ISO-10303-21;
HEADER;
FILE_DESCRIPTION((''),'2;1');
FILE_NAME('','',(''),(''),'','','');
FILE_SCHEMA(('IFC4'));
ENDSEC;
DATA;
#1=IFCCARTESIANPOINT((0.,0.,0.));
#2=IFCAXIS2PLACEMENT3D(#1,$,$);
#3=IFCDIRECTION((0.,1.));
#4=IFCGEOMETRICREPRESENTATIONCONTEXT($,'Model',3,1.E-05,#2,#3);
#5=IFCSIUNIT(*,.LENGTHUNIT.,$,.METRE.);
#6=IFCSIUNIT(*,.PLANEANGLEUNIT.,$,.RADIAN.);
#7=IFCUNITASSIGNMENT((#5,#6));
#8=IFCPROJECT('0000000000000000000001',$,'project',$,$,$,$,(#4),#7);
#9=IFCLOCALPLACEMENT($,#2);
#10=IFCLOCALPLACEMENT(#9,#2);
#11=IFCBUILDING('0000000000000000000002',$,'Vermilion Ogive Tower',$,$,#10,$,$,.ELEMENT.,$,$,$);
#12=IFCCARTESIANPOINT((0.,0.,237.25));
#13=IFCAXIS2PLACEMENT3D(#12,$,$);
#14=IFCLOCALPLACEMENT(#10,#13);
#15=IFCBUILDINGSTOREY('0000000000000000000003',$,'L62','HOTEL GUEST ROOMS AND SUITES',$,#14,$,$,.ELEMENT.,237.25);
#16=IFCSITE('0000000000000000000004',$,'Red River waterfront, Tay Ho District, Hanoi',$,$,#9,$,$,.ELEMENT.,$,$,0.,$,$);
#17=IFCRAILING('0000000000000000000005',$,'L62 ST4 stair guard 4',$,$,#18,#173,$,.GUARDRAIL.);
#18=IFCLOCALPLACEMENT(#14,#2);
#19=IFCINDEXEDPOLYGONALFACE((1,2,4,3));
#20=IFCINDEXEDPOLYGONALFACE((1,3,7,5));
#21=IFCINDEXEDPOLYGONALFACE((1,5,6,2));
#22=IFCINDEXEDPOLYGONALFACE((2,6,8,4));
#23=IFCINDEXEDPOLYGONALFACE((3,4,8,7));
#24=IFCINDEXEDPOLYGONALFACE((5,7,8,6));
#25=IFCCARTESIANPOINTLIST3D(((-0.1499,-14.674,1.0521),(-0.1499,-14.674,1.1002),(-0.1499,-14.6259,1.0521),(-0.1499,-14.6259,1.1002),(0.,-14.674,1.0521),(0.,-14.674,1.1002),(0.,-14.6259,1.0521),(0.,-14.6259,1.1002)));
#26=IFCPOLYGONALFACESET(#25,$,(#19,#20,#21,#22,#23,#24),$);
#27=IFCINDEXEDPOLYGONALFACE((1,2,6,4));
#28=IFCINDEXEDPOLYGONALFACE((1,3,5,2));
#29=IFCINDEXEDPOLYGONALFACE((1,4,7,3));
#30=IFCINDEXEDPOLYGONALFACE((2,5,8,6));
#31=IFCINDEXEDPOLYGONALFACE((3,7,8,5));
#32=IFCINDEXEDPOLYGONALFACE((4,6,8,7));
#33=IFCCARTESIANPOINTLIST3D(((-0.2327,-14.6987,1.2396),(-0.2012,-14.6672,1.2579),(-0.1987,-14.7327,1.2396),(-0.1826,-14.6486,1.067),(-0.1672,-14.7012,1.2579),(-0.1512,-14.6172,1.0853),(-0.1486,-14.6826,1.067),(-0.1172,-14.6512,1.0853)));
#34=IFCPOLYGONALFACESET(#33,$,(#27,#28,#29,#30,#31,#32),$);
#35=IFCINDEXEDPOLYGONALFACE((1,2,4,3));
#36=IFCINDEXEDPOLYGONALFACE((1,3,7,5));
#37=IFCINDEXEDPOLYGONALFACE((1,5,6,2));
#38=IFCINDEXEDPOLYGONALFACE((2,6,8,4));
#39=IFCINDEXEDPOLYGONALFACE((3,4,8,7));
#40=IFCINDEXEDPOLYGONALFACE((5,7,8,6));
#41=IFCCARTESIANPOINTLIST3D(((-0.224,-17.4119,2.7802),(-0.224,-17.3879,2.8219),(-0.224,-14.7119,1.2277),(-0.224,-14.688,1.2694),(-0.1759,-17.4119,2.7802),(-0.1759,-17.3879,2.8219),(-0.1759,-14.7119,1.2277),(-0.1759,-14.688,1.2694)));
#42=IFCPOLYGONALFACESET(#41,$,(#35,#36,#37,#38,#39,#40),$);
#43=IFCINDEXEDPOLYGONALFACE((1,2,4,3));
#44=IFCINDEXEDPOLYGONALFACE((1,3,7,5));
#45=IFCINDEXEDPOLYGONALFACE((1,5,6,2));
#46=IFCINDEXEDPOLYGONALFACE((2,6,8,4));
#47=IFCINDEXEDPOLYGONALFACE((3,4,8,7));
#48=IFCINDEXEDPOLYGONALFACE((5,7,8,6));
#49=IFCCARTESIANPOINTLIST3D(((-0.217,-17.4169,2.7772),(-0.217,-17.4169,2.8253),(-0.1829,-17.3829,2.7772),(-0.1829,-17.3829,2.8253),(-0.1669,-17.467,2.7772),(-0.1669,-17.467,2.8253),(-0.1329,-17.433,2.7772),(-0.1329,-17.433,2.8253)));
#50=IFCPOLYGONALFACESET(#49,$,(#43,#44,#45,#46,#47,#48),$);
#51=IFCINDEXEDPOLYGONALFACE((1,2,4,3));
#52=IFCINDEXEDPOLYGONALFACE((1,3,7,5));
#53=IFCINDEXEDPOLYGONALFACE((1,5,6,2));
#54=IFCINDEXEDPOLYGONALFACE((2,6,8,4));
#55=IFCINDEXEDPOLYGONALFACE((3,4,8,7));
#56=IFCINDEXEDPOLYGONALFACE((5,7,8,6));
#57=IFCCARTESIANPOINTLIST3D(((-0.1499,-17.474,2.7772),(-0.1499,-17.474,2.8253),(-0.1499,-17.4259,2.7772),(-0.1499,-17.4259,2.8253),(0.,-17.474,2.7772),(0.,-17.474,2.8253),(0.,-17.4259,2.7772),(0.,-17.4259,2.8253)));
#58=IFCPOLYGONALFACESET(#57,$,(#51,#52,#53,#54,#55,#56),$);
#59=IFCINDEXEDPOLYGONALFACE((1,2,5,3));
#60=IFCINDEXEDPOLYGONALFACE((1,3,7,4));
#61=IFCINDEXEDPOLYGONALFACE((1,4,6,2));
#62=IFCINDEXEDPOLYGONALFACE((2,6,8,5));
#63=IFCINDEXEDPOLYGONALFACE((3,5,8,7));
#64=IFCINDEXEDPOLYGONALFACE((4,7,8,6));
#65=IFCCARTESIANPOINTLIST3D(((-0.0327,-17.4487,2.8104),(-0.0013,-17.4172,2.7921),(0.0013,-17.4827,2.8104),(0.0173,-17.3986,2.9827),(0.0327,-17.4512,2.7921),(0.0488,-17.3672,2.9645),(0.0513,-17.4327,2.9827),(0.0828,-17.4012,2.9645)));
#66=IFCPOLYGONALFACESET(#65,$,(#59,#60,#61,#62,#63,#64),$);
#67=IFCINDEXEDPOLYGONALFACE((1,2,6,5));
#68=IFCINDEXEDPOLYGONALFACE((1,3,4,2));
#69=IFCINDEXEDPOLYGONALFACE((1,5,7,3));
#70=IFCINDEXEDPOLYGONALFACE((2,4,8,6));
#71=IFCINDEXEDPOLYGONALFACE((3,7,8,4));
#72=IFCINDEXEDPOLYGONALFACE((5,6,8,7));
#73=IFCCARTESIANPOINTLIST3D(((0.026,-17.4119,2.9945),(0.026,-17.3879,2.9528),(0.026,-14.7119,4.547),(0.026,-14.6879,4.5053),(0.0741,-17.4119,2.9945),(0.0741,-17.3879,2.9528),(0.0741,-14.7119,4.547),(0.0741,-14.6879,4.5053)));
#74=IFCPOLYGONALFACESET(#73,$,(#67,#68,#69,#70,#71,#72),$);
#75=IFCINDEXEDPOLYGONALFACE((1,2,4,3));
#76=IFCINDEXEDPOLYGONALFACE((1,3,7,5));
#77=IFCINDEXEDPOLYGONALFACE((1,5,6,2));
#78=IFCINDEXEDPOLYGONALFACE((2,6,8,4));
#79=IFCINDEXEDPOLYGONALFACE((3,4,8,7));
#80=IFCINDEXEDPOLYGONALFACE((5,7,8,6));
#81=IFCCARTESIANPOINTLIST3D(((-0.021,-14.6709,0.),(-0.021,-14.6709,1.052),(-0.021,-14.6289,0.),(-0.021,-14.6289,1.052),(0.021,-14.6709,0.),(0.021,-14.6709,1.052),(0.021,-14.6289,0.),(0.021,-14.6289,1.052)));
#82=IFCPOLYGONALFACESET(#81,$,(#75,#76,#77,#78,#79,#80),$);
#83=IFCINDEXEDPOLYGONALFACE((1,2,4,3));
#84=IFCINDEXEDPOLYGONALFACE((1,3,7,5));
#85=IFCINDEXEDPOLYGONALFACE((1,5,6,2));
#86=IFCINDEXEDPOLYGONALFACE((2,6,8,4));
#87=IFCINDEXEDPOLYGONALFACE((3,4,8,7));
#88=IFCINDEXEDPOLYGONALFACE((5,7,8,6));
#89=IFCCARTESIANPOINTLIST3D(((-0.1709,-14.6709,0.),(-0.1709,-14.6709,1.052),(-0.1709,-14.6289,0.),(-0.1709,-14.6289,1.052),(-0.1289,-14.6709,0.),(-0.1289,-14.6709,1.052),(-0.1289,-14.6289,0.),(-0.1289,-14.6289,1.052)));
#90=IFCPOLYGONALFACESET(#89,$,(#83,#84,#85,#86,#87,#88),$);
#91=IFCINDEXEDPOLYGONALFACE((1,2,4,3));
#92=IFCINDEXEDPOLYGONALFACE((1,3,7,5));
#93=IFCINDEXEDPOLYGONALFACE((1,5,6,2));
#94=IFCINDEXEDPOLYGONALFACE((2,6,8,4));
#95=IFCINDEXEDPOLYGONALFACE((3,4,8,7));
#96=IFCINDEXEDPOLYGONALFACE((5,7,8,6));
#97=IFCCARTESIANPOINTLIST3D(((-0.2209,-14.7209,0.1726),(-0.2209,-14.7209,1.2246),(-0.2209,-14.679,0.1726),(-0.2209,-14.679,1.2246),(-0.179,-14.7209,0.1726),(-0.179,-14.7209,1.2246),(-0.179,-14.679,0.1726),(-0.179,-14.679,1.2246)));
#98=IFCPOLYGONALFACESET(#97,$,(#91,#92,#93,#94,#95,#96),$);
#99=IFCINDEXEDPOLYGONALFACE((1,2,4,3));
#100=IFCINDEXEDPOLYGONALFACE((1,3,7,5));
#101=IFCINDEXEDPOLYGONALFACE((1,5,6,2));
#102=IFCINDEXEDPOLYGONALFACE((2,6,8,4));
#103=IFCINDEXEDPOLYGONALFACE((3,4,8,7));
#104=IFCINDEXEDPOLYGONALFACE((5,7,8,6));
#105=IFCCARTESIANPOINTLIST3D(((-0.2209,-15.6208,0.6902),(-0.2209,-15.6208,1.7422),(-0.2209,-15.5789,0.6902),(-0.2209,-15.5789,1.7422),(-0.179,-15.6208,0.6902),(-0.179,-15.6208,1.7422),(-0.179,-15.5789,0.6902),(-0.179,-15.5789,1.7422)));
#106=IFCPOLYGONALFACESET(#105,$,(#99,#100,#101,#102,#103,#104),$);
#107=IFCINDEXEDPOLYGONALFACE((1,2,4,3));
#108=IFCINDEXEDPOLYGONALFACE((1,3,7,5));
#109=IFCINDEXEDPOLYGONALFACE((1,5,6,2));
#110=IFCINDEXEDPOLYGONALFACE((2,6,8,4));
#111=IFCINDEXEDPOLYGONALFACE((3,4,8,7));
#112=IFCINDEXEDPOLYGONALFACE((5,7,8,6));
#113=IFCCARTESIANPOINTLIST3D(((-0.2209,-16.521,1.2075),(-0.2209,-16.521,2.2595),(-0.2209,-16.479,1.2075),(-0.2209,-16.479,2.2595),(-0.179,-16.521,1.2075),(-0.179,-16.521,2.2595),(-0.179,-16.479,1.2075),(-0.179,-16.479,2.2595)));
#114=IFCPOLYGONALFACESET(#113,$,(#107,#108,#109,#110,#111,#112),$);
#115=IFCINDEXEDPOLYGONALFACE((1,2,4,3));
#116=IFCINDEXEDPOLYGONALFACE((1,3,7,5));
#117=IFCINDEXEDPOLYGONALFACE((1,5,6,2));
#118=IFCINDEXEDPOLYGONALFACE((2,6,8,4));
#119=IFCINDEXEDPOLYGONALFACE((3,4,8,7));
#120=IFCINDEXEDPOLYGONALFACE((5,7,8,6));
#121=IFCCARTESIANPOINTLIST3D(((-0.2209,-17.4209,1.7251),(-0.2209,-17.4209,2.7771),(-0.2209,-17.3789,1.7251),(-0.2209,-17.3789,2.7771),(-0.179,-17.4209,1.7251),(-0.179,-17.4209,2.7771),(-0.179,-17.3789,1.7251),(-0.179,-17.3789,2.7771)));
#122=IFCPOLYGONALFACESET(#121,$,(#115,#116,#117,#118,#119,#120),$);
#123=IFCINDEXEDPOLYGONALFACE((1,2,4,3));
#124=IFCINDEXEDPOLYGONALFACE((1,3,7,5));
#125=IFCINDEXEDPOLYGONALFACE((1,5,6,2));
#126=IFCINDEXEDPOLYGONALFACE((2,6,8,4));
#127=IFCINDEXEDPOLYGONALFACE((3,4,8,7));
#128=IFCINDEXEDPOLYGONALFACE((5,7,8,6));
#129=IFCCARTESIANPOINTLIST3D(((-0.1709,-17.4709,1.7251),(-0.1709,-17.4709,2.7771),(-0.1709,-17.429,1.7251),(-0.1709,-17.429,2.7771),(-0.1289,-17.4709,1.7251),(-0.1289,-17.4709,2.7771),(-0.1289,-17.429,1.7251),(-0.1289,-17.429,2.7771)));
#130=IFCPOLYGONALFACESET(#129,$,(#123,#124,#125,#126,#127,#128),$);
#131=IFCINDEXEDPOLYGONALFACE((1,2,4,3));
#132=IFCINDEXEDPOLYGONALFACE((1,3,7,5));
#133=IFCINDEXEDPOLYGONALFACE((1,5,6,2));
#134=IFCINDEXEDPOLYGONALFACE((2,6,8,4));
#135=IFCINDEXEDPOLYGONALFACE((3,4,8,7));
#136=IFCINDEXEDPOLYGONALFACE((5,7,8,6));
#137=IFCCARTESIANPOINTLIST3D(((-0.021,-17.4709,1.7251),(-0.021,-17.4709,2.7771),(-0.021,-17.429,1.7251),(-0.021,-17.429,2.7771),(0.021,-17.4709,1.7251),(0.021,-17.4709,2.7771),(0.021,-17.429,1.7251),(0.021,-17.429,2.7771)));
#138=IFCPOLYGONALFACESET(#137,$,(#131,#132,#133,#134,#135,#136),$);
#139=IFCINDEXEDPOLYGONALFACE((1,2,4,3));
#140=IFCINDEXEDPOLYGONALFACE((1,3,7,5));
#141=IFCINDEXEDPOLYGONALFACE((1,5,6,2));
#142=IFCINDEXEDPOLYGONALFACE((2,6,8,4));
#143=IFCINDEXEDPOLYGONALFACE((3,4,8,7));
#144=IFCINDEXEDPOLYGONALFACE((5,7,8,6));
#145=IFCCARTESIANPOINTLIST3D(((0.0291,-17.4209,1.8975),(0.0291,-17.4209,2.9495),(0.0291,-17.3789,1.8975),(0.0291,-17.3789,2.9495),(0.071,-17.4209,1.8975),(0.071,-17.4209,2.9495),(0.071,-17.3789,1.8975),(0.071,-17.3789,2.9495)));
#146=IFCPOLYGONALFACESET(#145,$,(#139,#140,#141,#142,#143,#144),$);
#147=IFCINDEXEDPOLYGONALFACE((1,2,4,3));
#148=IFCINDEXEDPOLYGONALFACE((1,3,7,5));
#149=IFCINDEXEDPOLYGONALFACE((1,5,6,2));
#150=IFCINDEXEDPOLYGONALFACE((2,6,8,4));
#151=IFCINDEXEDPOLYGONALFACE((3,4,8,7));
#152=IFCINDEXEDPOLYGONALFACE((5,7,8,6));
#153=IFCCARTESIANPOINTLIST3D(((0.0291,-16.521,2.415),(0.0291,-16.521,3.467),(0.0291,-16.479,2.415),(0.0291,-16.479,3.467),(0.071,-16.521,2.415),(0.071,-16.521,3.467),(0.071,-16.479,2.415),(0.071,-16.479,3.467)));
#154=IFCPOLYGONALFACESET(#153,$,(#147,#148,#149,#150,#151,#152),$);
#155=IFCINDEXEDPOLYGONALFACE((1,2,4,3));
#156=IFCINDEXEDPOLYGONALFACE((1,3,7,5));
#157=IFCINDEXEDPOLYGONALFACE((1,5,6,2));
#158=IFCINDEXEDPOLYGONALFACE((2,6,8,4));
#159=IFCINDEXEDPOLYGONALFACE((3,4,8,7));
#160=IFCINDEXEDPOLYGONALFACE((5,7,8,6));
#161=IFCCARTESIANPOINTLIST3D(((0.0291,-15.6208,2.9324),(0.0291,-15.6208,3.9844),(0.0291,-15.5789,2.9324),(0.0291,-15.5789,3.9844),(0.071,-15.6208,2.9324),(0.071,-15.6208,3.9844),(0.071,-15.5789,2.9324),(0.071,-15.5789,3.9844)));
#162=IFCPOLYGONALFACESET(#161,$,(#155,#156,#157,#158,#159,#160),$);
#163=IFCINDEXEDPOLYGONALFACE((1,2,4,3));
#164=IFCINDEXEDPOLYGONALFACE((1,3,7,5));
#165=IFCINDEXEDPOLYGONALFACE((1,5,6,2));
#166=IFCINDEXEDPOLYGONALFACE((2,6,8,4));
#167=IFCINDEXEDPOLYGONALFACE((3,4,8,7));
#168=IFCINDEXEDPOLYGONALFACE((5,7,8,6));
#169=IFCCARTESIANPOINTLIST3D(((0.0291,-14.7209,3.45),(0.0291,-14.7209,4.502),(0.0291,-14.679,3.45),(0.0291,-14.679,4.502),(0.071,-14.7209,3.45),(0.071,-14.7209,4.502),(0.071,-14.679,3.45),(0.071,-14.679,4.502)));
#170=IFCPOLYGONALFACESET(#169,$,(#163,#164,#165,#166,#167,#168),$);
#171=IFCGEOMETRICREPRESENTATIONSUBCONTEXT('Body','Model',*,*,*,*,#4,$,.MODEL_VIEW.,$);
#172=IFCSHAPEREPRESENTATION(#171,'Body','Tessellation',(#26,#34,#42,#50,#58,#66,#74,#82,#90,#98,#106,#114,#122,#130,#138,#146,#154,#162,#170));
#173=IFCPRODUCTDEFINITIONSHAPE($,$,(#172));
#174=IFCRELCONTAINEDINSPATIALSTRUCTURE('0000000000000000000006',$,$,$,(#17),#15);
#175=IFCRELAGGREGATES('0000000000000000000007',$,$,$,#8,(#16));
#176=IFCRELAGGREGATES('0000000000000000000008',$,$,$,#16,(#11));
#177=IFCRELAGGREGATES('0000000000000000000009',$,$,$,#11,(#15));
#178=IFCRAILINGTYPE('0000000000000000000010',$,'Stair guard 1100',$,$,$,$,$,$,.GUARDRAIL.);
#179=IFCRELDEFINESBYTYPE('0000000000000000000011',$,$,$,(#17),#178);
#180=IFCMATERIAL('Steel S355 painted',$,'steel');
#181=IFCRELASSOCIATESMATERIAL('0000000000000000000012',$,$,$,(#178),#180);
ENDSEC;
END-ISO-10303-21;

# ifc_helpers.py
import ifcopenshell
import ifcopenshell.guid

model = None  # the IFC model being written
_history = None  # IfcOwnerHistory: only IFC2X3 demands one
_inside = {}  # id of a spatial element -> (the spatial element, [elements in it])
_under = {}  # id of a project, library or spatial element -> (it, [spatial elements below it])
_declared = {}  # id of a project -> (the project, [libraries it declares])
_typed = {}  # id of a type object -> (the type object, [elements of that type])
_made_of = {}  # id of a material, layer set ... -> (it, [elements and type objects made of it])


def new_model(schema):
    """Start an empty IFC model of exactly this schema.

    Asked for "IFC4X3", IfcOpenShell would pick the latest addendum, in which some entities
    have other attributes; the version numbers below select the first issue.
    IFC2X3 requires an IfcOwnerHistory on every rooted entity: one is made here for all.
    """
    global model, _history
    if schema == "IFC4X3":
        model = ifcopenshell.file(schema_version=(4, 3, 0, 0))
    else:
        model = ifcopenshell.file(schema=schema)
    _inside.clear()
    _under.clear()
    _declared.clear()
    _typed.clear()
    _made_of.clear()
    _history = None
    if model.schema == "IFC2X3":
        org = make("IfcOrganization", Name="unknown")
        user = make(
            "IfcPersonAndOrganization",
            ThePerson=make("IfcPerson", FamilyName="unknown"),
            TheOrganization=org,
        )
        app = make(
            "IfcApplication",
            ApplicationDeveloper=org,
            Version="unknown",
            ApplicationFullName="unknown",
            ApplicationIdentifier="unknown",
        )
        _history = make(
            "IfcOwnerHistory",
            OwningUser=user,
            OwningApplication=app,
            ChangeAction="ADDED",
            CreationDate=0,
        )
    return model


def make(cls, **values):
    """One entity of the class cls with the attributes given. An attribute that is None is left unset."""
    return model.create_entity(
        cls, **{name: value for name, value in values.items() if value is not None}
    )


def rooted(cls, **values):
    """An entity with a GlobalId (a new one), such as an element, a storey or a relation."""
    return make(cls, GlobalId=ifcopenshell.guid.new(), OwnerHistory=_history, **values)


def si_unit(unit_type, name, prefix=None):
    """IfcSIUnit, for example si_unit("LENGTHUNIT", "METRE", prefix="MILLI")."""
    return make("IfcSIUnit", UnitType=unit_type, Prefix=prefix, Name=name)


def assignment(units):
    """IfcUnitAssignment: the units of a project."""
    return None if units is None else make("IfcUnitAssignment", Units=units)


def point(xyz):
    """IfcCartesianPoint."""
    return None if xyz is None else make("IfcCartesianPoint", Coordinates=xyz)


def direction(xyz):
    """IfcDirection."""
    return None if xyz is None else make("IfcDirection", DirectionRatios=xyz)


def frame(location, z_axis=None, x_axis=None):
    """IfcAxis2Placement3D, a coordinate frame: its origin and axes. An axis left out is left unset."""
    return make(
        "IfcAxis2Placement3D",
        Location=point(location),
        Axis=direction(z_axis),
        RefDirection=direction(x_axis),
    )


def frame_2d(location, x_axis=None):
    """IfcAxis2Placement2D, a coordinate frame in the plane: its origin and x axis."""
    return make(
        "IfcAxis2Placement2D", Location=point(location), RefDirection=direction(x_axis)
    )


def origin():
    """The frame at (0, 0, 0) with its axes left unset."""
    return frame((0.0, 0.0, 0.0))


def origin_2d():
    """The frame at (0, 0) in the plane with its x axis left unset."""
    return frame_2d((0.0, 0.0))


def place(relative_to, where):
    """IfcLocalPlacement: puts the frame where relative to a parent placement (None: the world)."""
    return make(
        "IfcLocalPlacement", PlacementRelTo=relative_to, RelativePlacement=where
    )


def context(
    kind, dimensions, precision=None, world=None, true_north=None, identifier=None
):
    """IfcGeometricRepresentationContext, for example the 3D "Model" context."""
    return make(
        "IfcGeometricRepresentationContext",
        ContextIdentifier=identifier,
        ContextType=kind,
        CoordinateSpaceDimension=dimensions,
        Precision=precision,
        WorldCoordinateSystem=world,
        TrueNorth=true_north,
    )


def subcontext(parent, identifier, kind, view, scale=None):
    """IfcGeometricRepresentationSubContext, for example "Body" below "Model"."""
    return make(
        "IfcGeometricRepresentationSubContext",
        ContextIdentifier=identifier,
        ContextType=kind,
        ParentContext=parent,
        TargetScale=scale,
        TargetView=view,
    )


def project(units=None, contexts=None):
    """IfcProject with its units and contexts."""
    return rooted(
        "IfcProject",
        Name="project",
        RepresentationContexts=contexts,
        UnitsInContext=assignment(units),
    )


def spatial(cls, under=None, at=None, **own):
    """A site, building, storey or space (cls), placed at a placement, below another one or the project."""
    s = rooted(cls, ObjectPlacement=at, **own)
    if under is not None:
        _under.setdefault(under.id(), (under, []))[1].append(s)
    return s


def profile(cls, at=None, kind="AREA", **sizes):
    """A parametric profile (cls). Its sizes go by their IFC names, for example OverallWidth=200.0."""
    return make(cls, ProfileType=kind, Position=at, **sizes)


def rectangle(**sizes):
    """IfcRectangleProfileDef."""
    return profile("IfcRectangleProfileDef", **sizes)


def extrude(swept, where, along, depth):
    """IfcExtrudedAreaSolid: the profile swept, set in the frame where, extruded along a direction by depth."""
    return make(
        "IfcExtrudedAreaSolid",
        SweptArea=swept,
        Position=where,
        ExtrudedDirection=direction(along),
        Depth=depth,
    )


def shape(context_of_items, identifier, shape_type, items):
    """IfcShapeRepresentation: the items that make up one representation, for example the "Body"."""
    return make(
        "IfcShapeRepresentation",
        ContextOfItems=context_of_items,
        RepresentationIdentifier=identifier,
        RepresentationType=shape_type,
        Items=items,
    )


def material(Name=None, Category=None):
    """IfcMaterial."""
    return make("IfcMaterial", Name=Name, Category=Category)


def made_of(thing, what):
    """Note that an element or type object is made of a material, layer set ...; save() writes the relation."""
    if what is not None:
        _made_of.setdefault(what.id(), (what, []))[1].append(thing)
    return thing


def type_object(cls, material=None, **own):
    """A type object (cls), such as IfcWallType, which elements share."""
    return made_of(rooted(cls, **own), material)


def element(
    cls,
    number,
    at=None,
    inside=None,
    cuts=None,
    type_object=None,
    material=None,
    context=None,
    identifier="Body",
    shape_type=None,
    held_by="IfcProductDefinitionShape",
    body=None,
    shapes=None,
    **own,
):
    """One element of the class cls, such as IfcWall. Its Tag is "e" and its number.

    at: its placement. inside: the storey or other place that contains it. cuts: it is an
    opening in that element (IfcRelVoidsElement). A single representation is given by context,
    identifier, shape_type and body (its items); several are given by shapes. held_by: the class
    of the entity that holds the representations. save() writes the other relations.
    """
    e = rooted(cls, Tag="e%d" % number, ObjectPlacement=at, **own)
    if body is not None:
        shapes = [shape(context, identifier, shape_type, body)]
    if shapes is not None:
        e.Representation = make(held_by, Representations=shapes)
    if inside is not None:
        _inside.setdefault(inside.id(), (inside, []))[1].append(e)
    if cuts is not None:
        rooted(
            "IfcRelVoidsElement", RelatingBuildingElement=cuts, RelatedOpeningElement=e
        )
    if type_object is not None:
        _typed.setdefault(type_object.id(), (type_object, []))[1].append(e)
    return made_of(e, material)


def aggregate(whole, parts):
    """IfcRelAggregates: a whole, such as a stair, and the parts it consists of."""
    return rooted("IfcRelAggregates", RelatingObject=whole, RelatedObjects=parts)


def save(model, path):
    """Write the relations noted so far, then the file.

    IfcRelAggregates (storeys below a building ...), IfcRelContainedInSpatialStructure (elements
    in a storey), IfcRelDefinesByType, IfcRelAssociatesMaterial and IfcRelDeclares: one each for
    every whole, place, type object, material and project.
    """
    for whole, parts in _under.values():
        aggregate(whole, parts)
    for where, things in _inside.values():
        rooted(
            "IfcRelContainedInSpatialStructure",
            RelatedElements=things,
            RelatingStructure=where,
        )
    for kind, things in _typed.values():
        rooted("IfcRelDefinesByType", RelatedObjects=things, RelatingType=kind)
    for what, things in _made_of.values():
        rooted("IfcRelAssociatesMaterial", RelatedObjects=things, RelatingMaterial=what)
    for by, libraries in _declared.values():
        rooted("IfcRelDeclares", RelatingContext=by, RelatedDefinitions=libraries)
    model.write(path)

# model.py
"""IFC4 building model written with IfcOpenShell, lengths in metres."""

from ifc_helpers import new_model, si_unit, direction, frame, origin, origin_2d, place, context, subcontext, project, spatial, rectangle, extrude, material, type_object, element, save


model = new_model("IFC4")

# Units and contexts
model_context = context("Model", 3, precision=1e-05, world=origin(), true_north=direction((0.0, 1.0)))
body_context = subcontext(model_context, "Body", "Model", "MODEL_VIEW")
ifc_project = project(units=[si_unit("LENGTHUNIT", "METRE"), si_unit("PLANEANGLEUNIT", "RADIAN")], contexts=[model_context])

# Site, building, storey
site_placement = place(None, origin())
site = spatial("IfcSite", under=ifc_project, at=site_placement, Name="Red River waterfront, Tay Ho District, Hanoi", CompositionType="ELEMENT", RefElevation=0.0)
building_placement = place(site_placement, origin())
building = spatial("IfcBuilding", under=site, at=building_placement, Name="Vermilion Ogive Tower", CompositionType="ELEMENT")
storey_placement = place(building_placement, frame((0.0, 0.0, 237.25)))
storey = spatial("IfcBuildingStorey", under=building, at=storey_placement, Name="L62", Description="HOTEL GUEST ROOMS AND SUITES", CompositionType="ELEMENT", Elevation=237.25)

# Railing
ifc_material_1 = material(Name="Steel S355 painted", Category="steel")
railing_type_1 = type_object("IfcRailingType", Name="Stair guard 1100", PredefinedType="GUARDRAIL", material=ifc_material_1)
railing_1_placement = place(storey_placement, frame((0.0, -14.6499, 0.0)))
element("IfcRailing", 1, at=railing_1_placement, inside=storey, type_object=railing_type_1, Name="L62 ST4 stair guard 4", PredefinedType="GUARDRAIL", context=body_context, shape_type="SweptSolid", body=[
    extrude(rectangle(XDim=0.0481, YDim=0.0481, at=origin_2d()), frame((0.0, 0.0, 1.0762), z_axis=(-1.0, 0.0, 0.0), x_axis=(0.0, -1.0, 0.0)), (0.0, 0.0, 1.0), 0.1499),
    extrude(rectangle(XDim=0.0481, YDim=0.0481, at=origin_2d()), frame((-0.1499, 0.0, 1.0762), z_axis=(-0.268278, -0.268278, 0.925232), x_axis=(0.707107, -0.707107, 0.0)), (0.0, 0.0, 1.0), 0.1865),
    extrude(rectangle(XDim=0.0481, YDim=0.0481, at=origin_2d()), frame((-0.2, -0.05, 1.2485), z_axis=(0.0, -0.866904, 0.498476), x_axis=(1.0, 0.0, 0.0)), (0.0, 0.0, 1.0), 3.1145),
    extrude(rectangle(XDim=0.0481, YDim=0.0481, at=origin_2d()), frame((-0.2, -2.75, 2.8013), z_axis=(0.707107, -0.707107, 0.0), x_axis=(0.707107, 0.707107, 0.0)), (0.0, 0.0, 1.0), 0.0708),
    extrude(rectangle(XDim=0.0481, YDim=0.0481, at=origin_2d()), frame((-0.1499, -2.8, 2.8013), z_axis=(1.0, 0.0, 0.0), x_axis=(0.0, 1.0, 0.0)), (0.0, 0.0, 1.0), 0.1499),
    extrude(rectangle(XDim=0.0481, YDim=0.0481, at=origin_2d()), frame((0.0, -2.8, 2.8013), z_axis=(0.268603, 0.268603, 0.925043), x_axis=(-0.707107, 0.707107, 0.0)), (0.0, 0.0, 1.0), 0.1863),
    extrude(rectangle(XDim=0.0481, YDim=0.0481, at=origin_2d()), frame((0.05, -2.75, 2.9736), z_axis=(0.0, 0.866904, 0.498476), x_axis=(-1.0, 0.0, 0.0)), (0.0, 0.0, 1.0), 3.1145),
    extrude(rectangle(XDim=0.042, YDim=0.042, at=origin_2d()), origin(), (0.0, 0.0, 1.0), 1.052),
    extrude(rectangle(XDim=0.042, YDim=0.042, at=origin_2d()), frame((-0.1499, 0.0, 0.0)), (0.0, 0.0, 1.0), 1.052),
    extrude(rectangle(XDim=0.042, YDim=0.042, at=origin_2d()), frame((-0.2, -0.05, 0.1726)), (0.0, 0.0, 1.0), 1.052),
    extrude(rectangle(XDim=0.042, YDim=0.042, at=origin_2d()), frame((-0.2, -0.95, 0.6902)), (0.0, 0.0, 1.0), 1.052),
    extrude(rectangle(XDim=0.042, YDim=0.042, at=origin_2d()), frame((-0.2, -1.8501, 1.2075)), (0.0, 0.0, 1.0), 1.052),
    extrude(rectangle(XDim=0.042, YDim=0.042, at=origin_2d()), frame((-0.2, -2.75, 1.7251)), (0.0, 0.0, 1.0), 1.052),
    extrude(rectangle(XDim=0.042, YDim=0.042, at=origin_2d()), frame((-0.1499, -2.8, 1.7251)), (0.0, 0.0, 1.0), 1.052),
    extrude(rectangle(XDim=0.042, YDim=0.042, at=origin_2d()), frame((0.0, -2.8, 1.7251)), (0.0, 0.0, 1.0), 1.052),
    extrude(rectangle(XDim=0.042, YDim=0.042, at=origin_2d()), frame((0.05, -2.75, 1.8975)), (0.0, 0.0, 1.0), 1.052),
    extrude(rectangle(XDim=0.042, YDim=0.042, at=origin_2d()), frame((0.05, -1.8501, 2.415)), (0.0, 0.0, 1.0), 1.052),
    extrude(rectangle(XDim=0.042, YDim=0.042, at=origin_2d()), frame((0.05, -0.95, 2.9324)), (0.0, 0.0, 1.0), 1.052),
    extrude(rectangle(XDim=0.042, YDim=0.042, at=origin_2d()), frame((0.05, -0.05, 3.45)), (0.0, 0.0, 1.0), 1.052),
])

save(model, "model.ifc")
